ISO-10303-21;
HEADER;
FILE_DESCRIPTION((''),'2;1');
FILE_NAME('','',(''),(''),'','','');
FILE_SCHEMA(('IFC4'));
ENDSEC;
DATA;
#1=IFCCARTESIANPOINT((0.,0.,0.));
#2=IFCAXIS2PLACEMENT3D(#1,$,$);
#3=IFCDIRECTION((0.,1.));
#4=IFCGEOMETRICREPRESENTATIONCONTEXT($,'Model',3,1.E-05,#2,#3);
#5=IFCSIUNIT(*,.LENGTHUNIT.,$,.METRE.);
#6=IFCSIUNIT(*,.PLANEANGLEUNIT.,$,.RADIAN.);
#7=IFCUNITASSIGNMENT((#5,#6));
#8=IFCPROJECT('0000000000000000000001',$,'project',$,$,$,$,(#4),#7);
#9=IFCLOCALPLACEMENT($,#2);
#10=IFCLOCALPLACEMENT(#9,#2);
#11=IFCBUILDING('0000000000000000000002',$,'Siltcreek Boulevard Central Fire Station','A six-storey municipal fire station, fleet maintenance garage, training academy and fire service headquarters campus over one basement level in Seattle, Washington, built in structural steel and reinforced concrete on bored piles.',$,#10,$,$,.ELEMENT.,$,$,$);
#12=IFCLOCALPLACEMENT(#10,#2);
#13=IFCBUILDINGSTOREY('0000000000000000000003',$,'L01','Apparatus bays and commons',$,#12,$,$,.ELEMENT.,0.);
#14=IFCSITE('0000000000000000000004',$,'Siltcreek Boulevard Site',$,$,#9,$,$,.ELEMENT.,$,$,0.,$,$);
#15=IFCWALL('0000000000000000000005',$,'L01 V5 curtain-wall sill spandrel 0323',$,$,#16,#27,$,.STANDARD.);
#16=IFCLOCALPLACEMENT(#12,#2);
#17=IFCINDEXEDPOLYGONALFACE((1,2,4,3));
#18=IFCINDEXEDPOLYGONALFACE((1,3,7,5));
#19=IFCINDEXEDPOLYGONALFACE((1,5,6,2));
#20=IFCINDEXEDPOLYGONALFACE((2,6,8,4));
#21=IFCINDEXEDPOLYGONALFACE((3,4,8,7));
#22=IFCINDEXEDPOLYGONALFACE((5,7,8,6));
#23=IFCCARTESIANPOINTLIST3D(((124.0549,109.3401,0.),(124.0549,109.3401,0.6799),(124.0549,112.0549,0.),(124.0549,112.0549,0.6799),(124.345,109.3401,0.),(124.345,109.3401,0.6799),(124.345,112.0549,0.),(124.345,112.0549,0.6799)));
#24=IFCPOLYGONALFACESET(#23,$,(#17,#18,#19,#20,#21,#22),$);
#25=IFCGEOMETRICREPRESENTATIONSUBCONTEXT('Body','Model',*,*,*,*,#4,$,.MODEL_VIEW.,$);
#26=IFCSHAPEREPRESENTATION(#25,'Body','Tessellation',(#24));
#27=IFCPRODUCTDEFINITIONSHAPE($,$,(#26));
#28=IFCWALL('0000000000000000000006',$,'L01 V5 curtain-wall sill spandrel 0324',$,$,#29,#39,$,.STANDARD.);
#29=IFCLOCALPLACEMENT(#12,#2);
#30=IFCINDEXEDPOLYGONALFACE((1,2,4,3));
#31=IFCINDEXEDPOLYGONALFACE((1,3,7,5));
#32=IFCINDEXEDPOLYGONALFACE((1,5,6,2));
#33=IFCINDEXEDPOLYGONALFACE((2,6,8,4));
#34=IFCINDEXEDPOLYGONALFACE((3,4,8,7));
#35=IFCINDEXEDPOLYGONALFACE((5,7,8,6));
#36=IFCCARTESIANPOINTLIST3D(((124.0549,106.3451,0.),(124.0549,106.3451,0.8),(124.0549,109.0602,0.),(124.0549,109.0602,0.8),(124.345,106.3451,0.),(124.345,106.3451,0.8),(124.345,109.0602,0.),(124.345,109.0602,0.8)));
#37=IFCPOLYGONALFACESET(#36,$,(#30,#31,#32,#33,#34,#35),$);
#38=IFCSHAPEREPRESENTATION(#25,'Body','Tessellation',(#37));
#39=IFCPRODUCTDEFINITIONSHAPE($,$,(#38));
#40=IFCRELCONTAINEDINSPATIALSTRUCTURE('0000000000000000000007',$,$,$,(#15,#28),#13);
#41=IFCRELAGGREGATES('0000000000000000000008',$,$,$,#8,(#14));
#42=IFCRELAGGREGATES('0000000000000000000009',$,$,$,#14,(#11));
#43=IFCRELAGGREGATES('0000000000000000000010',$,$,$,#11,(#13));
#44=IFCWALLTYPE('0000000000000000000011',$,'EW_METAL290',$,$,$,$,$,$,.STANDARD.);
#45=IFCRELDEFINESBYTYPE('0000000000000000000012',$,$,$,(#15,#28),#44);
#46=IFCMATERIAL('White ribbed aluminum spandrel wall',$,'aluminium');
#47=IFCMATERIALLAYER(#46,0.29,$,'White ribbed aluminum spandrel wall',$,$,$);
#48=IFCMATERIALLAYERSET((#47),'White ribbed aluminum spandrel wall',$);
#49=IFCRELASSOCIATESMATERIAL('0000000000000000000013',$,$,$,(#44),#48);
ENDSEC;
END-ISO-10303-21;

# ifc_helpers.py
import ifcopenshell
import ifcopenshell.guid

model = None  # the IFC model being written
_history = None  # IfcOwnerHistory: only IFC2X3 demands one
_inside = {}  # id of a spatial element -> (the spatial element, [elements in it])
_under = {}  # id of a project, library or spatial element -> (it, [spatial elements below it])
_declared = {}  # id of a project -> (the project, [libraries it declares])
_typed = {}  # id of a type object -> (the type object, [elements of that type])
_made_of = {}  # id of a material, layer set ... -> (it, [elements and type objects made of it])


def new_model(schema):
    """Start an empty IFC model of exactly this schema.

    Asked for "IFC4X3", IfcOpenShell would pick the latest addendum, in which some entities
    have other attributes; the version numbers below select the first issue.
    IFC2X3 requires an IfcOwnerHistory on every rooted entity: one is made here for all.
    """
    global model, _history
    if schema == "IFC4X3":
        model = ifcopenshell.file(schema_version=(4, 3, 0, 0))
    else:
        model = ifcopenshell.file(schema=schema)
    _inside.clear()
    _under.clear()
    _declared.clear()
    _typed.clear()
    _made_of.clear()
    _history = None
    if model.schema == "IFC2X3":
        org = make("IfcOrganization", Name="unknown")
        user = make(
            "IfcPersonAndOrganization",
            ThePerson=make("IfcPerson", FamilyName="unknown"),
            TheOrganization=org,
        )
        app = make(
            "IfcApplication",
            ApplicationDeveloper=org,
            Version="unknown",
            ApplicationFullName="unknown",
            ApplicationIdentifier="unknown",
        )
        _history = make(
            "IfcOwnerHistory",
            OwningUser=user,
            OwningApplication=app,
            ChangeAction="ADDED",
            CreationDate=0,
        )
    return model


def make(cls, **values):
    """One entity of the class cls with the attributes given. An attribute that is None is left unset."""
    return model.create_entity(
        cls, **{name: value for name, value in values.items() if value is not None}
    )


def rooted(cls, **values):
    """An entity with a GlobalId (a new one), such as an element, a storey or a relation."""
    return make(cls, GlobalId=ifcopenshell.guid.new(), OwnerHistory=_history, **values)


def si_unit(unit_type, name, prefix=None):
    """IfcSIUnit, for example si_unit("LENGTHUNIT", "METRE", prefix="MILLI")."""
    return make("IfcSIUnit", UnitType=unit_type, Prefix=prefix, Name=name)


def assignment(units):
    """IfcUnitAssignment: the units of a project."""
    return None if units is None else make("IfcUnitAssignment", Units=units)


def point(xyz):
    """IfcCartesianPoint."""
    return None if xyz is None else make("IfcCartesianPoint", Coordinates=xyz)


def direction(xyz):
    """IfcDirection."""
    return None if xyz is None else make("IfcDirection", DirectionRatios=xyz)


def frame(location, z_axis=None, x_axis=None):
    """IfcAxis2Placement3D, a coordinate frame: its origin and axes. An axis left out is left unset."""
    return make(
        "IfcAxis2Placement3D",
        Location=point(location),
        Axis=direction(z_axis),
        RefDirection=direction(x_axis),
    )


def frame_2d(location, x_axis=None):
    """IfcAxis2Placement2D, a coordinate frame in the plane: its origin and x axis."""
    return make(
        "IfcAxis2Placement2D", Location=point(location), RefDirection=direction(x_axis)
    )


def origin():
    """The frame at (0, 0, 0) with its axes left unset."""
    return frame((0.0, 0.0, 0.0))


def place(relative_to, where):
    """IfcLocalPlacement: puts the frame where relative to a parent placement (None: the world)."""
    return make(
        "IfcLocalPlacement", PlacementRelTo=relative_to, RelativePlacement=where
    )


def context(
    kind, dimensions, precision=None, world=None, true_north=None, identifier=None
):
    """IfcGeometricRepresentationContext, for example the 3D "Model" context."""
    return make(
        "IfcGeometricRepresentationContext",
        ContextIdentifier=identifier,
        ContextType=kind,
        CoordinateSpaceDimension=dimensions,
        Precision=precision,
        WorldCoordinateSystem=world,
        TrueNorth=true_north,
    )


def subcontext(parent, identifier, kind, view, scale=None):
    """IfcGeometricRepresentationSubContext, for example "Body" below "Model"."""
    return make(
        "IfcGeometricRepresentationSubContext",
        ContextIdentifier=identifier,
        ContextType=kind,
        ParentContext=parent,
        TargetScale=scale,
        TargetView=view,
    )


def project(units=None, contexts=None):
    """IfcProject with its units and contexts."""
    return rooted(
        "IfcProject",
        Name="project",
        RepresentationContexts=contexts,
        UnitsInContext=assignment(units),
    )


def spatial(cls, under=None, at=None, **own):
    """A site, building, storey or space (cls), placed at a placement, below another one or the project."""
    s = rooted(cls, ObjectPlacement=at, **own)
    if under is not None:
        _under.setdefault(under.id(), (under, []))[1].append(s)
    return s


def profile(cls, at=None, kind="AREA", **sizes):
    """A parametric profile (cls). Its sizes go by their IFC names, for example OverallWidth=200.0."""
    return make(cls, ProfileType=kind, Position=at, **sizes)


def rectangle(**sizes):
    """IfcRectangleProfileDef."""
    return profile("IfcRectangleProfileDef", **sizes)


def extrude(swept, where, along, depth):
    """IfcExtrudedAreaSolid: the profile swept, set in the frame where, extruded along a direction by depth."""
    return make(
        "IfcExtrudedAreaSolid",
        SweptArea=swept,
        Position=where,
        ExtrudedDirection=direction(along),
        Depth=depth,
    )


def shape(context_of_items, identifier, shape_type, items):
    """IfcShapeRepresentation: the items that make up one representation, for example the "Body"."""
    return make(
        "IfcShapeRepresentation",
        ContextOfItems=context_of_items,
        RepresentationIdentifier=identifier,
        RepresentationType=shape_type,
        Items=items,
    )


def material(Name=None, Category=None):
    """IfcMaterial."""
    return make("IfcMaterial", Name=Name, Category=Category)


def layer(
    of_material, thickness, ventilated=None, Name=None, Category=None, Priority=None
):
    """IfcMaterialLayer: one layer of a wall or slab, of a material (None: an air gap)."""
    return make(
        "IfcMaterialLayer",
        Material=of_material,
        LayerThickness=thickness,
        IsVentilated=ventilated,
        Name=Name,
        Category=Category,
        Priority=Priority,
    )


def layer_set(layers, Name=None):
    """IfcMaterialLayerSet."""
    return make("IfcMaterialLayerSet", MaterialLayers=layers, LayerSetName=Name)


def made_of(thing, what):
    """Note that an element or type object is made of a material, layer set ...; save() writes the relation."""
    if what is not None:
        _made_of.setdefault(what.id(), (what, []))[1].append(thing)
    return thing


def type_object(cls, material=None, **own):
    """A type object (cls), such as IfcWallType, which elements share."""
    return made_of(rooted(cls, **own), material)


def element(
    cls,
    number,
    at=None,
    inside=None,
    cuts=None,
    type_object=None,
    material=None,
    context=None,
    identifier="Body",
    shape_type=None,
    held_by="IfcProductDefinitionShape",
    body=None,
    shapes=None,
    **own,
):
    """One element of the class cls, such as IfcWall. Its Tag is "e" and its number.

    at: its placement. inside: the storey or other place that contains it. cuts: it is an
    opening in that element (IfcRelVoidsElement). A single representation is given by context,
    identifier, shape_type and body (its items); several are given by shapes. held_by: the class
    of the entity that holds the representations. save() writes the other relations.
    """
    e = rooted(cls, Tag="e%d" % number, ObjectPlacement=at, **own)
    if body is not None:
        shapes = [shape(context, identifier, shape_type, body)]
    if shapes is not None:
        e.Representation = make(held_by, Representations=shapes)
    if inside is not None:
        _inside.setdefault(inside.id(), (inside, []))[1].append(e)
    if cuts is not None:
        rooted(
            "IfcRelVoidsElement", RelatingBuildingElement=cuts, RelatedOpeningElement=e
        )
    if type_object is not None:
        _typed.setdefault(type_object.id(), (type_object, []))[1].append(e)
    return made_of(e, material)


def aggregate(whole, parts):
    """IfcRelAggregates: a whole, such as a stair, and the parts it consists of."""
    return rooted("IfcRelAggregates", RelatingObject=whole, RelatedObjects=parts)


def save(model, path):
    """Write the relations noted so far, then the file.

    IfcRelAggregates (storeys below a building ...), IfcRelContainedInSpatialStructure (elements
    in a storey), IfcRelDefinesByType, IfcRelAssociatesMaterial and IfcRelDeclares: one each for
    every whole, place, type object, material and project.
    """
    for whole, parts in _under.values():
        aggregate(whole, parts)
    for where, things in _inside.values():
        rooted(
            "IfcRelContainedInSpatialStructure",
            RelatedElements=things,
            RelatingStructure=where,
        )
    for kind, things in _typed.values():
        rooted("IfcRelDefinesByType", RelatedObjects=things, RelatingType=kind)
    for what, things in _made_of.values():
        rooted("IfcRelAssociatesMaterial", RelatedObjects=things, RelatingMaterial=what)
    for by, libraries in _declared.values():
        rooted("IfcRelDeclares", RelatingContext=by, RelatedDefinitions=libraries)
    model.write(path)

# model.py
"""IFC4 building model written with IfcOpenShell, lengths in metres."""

from ifc_helpers import new_model, si_unit, direction, frame, frame_2d, origin, place, context, subcontext, project, spatial, rectangle, extrude, material, layer, layer_set, type_object, element, save


model = new_model("IFC4")

# Units and contexts
model_context = context("Model", 3, precision=1e-05, world=origin(), true_north=direction((0.0, 1.0)))
body_context = subcontext(model_context, "Body", "Model", "MODEL_VIEW")
ifc_project = project(units=[si_unit("LENGTHUNIT", "METRE"), si_unit("PLANEANGLEUNIT", "RADIAN")], contexts=[model_context])

# Site, building, storey
site_placement = place(None, origin())
site = spatial("IfcSite", under=ifc_project, at=site_placement, Name="Siltcreek Boulevard Site", CompositionType="ELEMENT", RefElevation=0.0)
building_placement = place(site_placement, origin())
building = spatial("IfcBuilding", under=site, at=building_placement, Name="Siltcreek Boulevard Central Fire Station", Description="A six-storey municipal fire station, fleet maintenance garage, training academy and fire service headquarters campus over one basement level in Seattle, Washington, built in structural steel and reinforced concrete on bored piles.", CompositionType="ELEMENT")
storey_placement = place(building_placement, origin())
storey = spatial("IfcBuildingStorey", under=building, at=storey_placement, Name="L01", Description="Apparatus bays and commons", CompositionType="ELEMENT", Elevation=0.0)

# Walls
ifc_material_1 = material(Name="White ribbed aluminum spandrel wall", Category="aluminium")
ifc_layer_1 = layer(ifc_material_1, 0.29, Name="White ribbed aluminum spandrel wall")
ifc_layer_set_1 = layer_set([ifc_layer_1], Name="White ribbed aluminum spandrel wall")
wall_type = type_object("IfcWallType", Name="EW_METAL290", PredefinedType="STANDARD", material=ifc_layer_set_1)
wall_1_placement = place(storey_placement, frame((124.2, 112.0549, 0.0), z_axis=(0.0, 0.0, 1.0), x_axis=(0.0, -1.0, 0.0)))
element("IfcWall", 1, at=wall_1_placement, inside=storey, type_object=wall_type, Name="L01 V5 curtain-wall sill spandrel 0323", PredefinedType="STANDARD", context=body_context, shape_type="SweptSolid", body=[
    extrude(rectangle(XDim=2.7148, YDim=0.29, at=frame_2d((1.3574, 0.0))), origin(), (0.0, 0.0, 1.0), 0.6799),
])
wall_2_placement = place(storey_placement, frame((124.2, 109.0601, 0.0), z_axis=(0.0, 0.0, 1.0), x_axis=(0.0, -1.0, 0.0)))
element("IfcWall", 2, at=wall_2_placement, inside=storey, type_object=wall_type, Name="L01 V5 curtain-wall sill spandrel 0324", PredefinedType="STANDARD", context=body_context, shape_type="SweptSolid", body=[
    extrude(rectangle(XDim=2.7151, YDim=0.29, at=frame_2d((1.3574, 0.0))), origin(), (0.0, 0.0, 1.0), 0.8),
])

save(model, "model.ifc")
